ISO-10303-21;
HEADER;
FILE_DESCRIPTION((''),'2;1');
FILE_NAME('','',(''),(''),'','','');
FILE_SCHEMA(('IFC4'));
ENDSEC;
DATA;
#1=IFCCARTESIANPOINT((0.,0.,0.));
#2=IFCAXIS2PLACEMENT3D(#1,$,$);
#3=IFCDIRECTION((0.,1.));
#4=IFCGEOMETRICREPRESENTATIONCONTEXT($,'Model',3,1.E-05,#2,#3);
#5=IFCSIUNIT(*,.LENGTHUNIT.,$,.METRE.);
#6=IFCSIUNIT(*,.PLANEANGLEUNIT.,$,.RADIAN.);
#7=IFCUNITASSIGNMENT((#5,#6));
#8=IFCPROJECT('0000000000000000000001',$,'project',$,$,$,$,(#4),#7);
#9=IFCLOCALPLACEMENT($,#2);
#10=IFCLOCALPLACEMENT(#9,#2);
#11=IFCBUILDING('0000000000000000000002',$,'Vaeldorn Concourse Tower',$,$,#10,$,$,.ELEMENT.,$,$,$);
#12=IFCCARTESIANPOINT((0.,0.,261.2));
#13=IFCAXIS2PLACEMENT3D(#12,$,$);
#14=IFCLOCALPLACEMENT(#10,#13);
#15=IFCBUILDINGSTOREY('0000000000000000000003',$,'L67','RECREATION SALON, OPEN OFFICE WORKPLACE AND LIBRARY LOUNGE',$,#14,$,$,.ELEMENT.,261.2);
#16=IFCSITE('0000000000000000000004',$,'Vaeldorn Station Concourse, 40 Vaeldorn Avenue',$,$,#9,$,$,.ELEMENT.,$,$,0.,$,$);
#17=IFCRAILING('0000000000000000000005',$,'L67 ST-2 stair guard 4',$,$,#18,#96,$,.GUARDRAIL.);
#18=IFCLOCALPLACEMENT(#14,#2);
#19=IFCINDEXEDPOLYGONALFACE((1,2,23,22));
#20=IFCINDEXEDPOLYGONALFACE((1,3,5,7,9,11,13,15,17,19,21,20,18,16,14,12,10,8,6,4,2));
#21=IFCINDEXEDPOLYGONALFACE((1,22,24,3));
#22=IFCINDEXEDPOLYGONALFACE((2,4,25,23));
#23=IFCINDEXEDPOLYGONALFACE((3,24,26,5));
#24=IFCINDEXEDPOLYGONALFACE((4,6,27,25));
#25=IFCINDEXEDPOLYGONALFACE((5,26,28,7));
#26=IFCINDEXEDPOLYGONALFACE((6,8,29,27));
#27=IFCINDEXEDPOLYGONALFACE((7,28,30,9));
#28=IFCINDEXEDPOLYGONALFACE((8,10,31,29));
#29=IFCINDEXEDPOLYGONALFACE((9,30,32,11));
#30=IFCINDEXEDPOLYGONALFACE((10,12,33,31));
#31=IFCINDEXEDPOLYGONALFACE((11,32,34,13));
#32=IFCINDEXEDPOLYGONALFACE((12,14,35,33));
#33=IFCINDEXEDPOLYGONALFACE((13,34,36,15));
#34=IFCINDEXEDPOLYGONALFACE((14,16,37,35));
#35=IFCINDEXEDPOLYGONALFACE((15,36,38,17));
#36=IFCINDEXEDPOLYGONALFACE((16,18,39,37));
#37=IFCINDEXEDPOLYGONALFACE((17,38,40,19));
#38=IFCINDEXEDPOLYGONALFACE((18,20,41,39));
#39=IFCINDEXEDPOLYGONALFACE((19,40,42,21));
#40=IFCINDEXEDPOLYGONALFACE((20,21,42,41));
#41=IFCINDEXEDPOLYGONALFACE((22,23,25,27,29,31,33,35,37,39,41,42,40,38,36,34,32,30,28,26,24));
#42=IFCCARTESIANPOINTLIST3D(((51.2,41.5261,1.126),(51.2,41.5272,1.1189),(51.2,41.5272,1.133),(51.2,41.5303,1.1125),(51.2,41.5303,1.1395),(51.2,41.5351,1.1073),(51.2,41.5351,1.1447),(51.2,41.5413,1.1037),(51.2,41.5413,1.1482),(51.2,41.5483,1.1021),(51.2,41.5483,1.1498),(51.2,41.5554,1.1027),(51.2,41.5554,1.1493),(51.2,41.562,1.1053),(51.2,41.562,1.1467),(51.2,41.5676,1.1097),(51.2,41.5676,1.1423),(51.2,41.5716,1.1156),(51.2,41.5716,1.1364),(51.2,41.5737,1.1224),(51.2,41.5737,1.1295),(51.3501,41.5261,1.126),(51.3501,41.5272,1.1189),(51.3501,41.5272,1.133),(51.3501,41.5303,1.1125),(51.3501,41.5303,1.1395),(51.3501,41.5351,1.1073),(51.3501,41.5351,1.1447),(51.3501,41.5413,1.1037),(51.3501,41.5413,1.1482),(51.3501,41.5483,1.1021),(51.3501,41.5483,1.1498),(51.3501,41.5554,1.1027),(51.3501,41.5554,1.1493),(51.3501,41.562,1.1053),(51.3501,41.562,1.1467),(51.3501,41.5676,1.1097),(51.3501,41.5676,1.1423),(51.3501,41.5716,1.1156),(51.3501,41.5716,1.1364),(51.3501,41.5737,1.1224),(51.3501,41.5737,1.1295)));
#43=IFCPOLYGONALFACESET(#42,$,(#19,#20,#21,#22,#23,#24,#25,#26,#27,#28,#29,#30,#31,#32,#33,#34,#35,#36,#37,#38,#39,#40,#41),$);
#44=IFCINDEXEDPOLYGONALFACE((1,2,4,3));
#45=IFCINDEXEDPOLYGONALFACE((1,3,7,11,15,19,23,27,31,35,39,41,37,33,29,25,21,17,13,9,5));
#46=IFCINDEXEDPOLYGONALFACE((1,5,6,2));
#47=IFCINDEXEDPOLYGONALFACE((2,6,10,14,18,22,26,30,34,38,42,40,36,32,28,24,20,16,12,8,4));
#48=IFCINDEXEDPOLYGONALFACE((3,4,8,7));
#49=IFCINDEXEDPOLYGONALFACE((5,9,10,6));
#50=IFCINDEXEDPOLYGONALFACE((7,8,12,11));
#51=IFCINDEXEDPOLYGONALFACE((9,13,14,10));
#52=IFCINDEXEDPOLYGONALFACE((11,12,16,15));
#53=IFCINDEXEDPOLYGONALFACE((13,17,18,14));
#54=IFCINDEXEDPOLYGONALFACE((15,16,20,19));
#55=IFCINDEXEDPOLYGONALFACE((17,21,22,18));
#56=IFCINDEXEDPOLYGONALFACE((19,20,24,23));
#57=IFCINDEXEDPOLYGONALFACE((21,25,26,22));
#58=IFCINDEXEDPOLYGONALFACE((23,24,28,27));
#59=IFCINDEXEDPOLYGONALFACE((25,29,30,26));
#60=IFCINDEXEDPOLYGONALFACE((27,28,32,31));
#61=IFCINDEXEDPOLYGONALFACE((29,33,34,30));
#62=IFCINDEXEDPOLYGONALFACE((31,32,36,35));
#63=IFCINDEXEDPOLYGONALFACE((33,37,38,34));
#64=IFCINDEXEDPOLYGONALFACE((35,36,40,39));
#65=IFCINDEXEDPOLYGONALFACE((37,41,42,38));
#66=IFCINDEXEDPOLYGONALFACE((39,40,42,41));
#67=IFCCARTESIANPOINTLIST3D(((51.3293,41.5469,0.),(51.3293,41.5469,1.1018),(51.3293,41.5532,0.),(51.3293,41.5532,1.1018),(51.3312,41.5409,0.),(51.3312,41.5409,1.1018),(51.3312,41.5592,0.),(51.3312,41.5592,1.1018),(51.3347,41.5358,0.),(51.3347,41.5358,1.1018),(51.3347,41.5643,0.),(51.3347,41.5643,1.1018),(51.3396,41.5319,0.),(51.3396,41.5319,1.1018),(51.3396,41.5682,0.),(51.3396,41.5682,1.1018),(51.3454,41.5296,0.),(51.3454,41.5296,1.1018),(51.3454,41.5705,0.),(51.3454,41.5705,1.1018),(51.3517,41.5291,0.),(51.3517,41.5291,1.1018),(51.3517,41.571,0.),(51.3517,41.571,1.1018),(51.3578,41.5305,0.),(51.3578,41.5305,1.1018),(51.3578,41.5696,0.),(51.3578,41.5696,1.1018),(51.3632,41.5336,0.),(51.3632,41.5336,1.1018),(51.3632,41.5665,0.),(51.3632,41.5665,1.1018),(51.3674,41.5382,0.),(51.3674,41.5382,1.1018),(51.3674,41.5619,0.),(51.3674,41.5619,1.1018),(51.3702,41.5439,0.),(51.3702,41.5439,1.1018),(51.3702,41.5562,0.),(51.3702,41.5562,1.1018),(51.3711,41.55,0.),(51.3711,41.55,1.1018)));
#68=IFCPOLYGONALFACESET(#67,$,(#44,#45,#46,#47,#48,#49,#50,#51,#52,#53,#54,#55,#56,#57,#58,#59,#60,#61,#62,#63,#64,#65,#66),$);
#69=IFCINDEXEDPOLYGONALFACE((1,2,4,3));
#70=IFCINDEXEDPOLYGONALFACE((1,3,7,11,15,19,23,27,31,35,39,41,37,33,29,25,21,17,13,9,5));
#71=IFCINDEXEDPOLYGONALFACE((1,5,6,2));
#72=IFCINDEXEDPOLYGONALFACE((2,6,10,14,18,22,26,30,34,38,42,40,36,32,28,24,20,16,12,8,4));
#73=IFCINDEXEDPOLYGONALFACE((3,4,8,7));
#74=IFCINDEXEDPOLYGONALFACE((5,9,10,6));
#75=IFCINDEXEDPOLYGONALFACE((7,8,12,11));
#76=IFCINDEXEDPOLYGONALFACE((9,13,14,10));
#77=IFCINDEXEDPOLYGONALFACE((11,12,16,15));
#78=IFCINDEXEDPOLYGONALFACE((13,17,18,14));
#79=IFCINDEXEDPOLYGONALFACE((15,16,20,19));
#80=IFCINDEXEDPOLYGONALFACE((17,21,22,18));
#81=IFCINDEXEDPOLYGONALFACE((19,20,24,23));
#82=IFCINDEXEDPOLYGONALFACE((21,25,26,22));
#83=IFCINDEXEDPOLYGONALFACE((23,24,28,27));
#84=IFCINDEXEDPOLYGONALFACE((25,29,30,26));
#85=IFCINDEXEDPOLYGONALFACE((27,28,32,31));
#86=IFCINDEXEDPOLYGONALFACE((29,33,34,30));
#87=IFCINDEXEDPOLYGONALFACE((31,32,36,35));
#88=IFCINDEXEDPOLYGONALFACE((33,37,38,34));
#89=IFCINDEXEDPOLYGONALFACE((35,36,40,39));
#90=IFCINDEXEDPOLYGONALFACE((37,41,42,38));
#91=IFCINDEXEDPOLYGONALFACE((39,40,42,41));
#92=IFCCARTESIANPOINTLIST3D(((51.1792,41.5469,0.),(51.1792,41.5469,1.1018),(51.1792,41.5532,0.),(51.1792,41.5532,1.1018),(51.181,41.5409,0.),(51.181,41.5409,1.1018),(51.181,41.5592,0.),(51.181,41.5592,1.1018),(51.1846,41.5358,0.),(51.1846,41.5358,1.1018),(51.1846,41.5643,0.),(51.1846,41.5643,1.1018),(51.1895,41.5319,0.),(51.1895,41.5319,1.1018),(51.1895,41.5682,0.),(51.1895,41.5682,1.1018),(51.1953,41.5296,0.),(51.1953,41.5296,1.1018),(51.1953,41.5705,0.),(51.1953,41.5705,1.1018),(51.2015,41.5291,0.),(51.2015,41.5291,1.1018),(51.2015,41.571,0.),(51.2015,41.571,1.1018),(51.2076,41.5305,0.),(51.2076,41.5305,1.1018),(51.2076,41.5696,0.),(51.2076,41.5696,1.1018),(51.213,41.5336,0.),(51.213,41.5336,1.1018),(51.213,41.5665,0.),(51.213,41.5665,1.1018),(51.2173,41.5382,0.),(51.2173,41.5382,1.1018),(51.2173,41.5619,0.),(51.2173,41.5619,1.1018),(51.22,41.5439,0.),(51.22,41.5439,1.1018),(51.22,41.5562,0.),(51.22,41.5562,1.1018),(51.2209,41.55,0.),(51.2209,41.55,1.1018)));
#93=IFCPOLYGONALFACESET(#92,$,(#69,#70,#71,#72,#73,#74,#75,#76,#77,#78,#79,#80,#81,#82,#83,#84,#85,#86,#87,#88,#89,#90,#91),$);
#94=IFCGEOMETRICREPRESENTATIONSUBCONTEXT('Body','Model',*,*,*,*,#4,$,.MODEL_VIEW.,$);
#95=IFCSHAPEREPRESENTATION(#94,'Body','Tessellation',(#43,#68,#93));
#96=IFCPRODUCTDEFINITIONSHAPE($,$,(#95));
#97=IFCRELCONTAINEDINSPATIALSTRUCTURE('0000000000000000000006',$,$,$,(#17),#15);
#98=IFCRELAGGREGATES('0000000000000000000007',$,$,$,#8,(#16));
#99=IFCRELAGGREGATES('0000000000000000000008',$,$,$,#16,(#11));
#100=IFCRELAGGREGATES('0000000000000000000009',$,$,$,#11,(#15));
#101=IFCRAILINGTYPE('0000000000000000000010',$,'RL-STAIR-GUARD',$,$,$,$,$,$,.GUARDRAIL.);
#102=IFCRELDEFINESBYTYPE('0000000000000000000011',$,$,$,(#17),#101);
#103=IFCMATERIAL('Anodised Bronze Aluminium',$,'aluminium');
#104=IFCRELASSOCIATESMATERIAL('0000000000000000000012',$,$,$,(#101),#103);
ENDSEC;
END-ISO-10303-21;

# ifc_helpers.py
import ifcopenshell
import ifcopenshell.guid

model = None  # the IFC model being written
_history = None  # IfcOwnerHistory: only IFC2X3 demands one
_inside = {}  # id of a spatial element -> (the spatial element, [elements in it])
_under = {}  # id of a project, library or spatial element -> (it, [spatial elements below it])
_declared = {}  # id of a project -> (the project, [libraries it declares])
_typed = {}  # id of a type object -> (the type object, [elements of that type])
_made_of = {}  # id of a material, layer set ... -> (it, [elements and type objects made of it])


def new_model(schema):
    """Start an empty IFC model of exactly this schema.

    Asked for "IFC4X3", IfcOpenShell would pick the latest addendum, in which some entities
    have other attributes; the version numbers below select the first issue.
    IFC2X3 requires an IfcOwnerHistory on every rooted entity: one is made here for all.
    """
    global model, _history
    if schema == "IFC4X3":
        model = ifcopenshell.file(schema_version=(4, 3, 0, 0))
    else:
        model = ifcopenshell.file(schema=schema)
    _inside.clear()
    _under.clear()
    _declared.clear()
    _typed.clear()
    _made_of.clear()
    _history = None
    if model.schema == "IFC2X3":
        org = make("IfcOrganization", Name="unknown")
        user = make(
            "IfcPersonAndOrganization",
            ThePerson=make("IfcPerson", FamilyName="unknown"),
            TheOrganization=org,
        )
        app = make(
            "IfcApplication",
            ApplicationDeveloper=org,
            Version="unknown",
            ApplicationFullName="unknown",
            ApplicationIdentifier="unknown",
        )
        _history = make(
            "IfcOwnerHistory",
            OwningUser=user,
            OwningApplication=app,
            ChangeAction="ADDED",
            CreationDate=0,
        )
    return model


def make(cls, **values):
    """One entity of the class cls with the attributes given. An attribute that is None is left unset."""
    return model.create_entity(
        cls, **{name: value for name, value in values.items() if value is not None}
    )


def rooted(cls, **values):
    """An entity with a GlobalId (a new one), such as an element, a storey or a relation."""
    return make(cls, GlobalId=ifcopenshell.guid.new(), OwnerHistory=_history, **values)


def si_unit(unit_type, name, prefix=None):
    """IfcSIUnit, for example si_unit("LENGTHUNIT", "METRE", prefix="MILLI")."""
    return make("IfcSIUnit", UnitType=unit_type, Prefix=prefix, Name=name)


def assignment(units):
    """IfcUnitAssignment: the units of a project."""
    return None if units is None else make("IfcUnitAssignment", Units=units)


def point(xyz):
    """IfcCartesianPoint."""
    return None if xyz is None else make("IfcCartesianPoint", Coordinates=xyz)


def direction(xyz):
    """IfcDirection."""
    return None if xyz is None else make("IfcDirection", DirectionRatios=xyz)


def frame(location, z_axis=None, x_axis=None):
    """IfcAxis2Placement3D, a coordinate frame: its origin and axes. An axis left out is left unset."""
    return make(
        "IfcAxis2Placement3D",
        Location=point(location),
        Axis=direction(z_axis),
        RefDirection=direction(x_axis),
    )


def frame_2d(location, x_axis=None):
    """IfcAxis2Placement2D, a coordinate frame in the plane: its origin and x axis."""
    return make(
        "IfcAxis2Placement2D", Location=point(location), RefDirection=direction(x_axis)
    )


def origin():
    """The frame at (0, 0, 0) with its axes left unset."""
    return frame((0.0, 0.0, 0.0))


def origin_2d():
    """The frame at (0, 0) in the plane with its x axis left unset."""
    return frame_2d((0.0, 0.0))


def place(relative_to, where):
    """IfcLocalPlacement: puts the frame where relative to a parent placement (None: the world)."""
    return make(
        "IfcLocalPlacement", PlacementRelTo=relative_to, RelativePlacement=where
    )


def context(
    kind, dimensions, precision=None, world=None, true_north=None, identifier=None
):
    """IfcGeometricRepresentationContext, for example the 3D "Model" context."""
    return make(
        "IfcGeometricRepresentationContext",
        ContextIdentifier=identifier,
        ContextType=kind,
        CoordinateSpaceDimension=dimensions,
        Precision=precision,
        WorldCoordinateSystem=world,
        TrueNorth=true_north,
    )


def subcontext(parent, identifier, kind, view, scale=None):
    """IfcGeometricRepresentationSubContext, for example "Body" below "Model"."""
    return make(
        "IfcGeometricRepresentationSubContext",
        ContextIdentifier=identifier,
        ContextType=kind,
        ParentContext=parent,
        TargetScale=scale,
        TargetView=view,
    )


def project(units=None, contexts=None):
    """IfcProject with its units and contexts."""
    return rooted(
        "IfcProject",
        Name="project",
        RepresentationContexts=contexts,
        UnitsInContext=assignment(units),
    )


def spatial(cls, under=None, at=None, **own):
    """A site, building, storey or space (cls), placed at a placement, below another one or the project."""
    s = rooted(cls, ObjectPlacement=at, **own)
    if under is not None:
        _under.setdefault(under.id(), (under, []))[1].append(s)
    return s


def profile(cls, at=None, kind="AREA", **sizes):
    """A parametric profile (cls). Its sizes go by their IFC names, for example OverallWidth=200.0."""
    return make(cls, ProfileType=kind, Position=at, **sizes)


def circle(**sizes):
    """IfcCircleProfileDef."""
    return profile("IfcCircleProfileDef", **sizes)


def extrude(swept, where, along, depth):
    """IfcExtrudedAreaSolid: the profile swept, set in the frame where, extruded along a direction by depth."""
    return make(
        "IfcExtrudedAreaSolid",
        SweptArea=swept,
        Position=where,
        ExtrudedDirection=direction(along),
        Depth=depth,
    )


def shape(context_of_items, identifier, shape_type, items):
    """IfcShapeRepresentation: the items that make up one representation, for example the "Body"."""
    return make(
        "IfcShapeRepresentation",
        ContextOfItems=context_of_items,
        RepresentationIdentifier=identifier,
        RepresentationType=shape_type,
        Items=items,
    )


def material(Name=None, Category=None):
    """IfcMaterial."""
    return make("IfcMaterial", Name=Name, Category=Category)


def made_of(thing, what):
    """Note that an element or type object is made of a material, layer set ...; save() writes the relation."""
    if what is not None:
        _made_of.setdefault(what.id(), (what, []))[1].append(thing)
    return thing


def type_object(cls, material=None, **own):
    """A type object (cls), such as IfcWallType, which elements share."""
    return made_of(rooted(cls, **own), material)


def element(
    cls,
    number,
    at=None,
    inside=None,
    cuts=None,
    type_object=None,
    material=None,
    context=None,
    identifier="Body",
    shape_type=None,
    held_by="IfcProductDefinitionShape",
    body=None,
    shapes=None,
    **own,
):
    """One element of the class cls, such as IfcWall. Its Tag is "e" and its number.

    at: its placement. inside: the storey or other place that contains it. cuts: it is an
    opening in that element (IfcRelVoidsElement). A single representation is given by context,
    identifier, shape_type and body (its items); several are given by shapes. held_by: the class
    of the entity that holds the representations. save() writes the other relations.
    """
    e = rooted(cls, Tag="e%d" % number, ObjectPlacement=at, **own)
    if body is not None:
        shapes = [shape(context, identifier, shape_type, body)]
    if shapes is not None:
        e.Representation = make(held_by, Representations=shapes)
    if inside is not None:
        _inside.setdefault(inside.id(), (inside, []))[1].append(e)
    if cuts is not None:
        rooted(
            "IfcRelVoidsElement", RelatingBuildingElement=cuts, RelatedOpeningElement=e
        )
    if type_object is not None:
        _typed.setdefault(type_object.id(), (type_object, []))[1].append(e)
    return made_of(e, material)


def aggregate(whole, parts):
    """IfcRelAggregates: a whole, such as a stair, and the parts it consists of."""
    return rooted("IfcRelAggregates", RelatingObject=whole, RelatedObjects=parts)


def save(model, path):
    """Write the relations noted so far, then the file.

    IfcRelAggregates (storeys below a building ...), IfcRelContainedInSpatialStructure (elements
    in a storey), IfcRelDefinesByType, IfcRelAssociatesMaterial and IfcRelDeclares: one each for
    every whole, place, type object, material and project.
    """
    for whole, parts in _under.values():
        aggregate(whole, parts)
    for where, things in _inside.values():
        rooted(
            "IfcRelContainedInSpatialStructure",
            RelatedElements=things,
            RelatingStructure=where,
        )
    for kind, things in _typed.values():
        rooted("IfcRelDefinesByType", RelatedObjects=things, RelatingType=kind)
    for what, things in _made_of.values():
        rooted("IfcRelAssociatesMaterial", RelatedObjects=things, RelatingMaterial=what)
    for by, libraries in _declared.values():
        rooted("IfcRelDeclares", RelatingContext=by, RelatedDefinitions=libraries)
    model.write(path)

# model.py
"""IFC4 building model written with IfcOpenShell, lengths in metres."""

from ifc_helpers import new_model, si_unit, direction, frame, origin, origin_2d, place, context, subcontext, project, spatial, circle, extrude, material, type_object, element, save


model = new_model("IFC4")

# Units and contexts
model_context = context("Model", 3, precision=1e-05, world=origin(), true_north=direction((0.0, 1.0)))
body_context = subcontext(model_context, "Body", "Model", "MODEL_VIEW")
ifc_project = project(units=[si_unit("LENGTHUNIT", "METRE"), si_unit("PLANEANGLEUNIT", "RADIAN")], contexts=[model_context])

# Site, building, storey
site_placement = place(None, origin())
site = spatial("IfcSite", under=ifc_project, at=site_placement, Name="Vaeldorn Station Concourse, 40 Vaeldorn Avenue", CompositionType="ELEMENT", RefElevation=0.0)
building_placement = place(site_placement, origin())
building = spatial("IfcBuilding", under=site, at=building_placement, Name="Vaeldorn Concourse Tower", CompositionType="ELEMENT")
storey_placement = place(building_placement, frame((0.0, 0.0, 261.2)))
storey = spatial("IfcBuildingStorey", under=building, at=storey_placement, Name="L67", Description="RECREATION SALON, OPEN OFFICE WORKPLACE AND LIBRARY LOUNGE", CompositionType="ELEMENT", Elevation=261.2)

# Shared definitions
ifc_material_1 = material(Name="Anodised Bronze Aluminium", Category="aluminium")

# Railing
railing_type_1 = type_object("IfcRailingType", Name="RL-STAIR-GUARD", PredefinedType="GUARDRAIL", material=ifc_material_1)
railing_1_placement = place(storey_placement, frame((51.3501, 41.55, 0.0)))
element("IfcRailing", 1, at=railing_1_placement, inside=storey, type_object=railing_type_1, Name="L67 ST-2 stair guard 4", PredefinedType="GUARDRAIL", context=body_context, shape_type="SweptSolid", body=[
    extrude(circle(Radius=0.0239, at=origin_2d()), frame((0.0, 0.0, 1.126), z_axis=(-1.0, 0.0, 0.0), x_axis=(0.0, -1.0, 0.0)), (0.0, 0.0, 1.0), 0.1501),
    extrude(circle(Radius=0.021, at=origin_2d()), origin(), (0.0, 0.0, 1.0), 1.1018),
    extrude(circle(Radius=0.021, at=origin_2d()), frame((-0.1501, 0.0, 0.0)), (0.0, 0.0, 1.0), 1.1018),
])

save(model, "model.ifc")
